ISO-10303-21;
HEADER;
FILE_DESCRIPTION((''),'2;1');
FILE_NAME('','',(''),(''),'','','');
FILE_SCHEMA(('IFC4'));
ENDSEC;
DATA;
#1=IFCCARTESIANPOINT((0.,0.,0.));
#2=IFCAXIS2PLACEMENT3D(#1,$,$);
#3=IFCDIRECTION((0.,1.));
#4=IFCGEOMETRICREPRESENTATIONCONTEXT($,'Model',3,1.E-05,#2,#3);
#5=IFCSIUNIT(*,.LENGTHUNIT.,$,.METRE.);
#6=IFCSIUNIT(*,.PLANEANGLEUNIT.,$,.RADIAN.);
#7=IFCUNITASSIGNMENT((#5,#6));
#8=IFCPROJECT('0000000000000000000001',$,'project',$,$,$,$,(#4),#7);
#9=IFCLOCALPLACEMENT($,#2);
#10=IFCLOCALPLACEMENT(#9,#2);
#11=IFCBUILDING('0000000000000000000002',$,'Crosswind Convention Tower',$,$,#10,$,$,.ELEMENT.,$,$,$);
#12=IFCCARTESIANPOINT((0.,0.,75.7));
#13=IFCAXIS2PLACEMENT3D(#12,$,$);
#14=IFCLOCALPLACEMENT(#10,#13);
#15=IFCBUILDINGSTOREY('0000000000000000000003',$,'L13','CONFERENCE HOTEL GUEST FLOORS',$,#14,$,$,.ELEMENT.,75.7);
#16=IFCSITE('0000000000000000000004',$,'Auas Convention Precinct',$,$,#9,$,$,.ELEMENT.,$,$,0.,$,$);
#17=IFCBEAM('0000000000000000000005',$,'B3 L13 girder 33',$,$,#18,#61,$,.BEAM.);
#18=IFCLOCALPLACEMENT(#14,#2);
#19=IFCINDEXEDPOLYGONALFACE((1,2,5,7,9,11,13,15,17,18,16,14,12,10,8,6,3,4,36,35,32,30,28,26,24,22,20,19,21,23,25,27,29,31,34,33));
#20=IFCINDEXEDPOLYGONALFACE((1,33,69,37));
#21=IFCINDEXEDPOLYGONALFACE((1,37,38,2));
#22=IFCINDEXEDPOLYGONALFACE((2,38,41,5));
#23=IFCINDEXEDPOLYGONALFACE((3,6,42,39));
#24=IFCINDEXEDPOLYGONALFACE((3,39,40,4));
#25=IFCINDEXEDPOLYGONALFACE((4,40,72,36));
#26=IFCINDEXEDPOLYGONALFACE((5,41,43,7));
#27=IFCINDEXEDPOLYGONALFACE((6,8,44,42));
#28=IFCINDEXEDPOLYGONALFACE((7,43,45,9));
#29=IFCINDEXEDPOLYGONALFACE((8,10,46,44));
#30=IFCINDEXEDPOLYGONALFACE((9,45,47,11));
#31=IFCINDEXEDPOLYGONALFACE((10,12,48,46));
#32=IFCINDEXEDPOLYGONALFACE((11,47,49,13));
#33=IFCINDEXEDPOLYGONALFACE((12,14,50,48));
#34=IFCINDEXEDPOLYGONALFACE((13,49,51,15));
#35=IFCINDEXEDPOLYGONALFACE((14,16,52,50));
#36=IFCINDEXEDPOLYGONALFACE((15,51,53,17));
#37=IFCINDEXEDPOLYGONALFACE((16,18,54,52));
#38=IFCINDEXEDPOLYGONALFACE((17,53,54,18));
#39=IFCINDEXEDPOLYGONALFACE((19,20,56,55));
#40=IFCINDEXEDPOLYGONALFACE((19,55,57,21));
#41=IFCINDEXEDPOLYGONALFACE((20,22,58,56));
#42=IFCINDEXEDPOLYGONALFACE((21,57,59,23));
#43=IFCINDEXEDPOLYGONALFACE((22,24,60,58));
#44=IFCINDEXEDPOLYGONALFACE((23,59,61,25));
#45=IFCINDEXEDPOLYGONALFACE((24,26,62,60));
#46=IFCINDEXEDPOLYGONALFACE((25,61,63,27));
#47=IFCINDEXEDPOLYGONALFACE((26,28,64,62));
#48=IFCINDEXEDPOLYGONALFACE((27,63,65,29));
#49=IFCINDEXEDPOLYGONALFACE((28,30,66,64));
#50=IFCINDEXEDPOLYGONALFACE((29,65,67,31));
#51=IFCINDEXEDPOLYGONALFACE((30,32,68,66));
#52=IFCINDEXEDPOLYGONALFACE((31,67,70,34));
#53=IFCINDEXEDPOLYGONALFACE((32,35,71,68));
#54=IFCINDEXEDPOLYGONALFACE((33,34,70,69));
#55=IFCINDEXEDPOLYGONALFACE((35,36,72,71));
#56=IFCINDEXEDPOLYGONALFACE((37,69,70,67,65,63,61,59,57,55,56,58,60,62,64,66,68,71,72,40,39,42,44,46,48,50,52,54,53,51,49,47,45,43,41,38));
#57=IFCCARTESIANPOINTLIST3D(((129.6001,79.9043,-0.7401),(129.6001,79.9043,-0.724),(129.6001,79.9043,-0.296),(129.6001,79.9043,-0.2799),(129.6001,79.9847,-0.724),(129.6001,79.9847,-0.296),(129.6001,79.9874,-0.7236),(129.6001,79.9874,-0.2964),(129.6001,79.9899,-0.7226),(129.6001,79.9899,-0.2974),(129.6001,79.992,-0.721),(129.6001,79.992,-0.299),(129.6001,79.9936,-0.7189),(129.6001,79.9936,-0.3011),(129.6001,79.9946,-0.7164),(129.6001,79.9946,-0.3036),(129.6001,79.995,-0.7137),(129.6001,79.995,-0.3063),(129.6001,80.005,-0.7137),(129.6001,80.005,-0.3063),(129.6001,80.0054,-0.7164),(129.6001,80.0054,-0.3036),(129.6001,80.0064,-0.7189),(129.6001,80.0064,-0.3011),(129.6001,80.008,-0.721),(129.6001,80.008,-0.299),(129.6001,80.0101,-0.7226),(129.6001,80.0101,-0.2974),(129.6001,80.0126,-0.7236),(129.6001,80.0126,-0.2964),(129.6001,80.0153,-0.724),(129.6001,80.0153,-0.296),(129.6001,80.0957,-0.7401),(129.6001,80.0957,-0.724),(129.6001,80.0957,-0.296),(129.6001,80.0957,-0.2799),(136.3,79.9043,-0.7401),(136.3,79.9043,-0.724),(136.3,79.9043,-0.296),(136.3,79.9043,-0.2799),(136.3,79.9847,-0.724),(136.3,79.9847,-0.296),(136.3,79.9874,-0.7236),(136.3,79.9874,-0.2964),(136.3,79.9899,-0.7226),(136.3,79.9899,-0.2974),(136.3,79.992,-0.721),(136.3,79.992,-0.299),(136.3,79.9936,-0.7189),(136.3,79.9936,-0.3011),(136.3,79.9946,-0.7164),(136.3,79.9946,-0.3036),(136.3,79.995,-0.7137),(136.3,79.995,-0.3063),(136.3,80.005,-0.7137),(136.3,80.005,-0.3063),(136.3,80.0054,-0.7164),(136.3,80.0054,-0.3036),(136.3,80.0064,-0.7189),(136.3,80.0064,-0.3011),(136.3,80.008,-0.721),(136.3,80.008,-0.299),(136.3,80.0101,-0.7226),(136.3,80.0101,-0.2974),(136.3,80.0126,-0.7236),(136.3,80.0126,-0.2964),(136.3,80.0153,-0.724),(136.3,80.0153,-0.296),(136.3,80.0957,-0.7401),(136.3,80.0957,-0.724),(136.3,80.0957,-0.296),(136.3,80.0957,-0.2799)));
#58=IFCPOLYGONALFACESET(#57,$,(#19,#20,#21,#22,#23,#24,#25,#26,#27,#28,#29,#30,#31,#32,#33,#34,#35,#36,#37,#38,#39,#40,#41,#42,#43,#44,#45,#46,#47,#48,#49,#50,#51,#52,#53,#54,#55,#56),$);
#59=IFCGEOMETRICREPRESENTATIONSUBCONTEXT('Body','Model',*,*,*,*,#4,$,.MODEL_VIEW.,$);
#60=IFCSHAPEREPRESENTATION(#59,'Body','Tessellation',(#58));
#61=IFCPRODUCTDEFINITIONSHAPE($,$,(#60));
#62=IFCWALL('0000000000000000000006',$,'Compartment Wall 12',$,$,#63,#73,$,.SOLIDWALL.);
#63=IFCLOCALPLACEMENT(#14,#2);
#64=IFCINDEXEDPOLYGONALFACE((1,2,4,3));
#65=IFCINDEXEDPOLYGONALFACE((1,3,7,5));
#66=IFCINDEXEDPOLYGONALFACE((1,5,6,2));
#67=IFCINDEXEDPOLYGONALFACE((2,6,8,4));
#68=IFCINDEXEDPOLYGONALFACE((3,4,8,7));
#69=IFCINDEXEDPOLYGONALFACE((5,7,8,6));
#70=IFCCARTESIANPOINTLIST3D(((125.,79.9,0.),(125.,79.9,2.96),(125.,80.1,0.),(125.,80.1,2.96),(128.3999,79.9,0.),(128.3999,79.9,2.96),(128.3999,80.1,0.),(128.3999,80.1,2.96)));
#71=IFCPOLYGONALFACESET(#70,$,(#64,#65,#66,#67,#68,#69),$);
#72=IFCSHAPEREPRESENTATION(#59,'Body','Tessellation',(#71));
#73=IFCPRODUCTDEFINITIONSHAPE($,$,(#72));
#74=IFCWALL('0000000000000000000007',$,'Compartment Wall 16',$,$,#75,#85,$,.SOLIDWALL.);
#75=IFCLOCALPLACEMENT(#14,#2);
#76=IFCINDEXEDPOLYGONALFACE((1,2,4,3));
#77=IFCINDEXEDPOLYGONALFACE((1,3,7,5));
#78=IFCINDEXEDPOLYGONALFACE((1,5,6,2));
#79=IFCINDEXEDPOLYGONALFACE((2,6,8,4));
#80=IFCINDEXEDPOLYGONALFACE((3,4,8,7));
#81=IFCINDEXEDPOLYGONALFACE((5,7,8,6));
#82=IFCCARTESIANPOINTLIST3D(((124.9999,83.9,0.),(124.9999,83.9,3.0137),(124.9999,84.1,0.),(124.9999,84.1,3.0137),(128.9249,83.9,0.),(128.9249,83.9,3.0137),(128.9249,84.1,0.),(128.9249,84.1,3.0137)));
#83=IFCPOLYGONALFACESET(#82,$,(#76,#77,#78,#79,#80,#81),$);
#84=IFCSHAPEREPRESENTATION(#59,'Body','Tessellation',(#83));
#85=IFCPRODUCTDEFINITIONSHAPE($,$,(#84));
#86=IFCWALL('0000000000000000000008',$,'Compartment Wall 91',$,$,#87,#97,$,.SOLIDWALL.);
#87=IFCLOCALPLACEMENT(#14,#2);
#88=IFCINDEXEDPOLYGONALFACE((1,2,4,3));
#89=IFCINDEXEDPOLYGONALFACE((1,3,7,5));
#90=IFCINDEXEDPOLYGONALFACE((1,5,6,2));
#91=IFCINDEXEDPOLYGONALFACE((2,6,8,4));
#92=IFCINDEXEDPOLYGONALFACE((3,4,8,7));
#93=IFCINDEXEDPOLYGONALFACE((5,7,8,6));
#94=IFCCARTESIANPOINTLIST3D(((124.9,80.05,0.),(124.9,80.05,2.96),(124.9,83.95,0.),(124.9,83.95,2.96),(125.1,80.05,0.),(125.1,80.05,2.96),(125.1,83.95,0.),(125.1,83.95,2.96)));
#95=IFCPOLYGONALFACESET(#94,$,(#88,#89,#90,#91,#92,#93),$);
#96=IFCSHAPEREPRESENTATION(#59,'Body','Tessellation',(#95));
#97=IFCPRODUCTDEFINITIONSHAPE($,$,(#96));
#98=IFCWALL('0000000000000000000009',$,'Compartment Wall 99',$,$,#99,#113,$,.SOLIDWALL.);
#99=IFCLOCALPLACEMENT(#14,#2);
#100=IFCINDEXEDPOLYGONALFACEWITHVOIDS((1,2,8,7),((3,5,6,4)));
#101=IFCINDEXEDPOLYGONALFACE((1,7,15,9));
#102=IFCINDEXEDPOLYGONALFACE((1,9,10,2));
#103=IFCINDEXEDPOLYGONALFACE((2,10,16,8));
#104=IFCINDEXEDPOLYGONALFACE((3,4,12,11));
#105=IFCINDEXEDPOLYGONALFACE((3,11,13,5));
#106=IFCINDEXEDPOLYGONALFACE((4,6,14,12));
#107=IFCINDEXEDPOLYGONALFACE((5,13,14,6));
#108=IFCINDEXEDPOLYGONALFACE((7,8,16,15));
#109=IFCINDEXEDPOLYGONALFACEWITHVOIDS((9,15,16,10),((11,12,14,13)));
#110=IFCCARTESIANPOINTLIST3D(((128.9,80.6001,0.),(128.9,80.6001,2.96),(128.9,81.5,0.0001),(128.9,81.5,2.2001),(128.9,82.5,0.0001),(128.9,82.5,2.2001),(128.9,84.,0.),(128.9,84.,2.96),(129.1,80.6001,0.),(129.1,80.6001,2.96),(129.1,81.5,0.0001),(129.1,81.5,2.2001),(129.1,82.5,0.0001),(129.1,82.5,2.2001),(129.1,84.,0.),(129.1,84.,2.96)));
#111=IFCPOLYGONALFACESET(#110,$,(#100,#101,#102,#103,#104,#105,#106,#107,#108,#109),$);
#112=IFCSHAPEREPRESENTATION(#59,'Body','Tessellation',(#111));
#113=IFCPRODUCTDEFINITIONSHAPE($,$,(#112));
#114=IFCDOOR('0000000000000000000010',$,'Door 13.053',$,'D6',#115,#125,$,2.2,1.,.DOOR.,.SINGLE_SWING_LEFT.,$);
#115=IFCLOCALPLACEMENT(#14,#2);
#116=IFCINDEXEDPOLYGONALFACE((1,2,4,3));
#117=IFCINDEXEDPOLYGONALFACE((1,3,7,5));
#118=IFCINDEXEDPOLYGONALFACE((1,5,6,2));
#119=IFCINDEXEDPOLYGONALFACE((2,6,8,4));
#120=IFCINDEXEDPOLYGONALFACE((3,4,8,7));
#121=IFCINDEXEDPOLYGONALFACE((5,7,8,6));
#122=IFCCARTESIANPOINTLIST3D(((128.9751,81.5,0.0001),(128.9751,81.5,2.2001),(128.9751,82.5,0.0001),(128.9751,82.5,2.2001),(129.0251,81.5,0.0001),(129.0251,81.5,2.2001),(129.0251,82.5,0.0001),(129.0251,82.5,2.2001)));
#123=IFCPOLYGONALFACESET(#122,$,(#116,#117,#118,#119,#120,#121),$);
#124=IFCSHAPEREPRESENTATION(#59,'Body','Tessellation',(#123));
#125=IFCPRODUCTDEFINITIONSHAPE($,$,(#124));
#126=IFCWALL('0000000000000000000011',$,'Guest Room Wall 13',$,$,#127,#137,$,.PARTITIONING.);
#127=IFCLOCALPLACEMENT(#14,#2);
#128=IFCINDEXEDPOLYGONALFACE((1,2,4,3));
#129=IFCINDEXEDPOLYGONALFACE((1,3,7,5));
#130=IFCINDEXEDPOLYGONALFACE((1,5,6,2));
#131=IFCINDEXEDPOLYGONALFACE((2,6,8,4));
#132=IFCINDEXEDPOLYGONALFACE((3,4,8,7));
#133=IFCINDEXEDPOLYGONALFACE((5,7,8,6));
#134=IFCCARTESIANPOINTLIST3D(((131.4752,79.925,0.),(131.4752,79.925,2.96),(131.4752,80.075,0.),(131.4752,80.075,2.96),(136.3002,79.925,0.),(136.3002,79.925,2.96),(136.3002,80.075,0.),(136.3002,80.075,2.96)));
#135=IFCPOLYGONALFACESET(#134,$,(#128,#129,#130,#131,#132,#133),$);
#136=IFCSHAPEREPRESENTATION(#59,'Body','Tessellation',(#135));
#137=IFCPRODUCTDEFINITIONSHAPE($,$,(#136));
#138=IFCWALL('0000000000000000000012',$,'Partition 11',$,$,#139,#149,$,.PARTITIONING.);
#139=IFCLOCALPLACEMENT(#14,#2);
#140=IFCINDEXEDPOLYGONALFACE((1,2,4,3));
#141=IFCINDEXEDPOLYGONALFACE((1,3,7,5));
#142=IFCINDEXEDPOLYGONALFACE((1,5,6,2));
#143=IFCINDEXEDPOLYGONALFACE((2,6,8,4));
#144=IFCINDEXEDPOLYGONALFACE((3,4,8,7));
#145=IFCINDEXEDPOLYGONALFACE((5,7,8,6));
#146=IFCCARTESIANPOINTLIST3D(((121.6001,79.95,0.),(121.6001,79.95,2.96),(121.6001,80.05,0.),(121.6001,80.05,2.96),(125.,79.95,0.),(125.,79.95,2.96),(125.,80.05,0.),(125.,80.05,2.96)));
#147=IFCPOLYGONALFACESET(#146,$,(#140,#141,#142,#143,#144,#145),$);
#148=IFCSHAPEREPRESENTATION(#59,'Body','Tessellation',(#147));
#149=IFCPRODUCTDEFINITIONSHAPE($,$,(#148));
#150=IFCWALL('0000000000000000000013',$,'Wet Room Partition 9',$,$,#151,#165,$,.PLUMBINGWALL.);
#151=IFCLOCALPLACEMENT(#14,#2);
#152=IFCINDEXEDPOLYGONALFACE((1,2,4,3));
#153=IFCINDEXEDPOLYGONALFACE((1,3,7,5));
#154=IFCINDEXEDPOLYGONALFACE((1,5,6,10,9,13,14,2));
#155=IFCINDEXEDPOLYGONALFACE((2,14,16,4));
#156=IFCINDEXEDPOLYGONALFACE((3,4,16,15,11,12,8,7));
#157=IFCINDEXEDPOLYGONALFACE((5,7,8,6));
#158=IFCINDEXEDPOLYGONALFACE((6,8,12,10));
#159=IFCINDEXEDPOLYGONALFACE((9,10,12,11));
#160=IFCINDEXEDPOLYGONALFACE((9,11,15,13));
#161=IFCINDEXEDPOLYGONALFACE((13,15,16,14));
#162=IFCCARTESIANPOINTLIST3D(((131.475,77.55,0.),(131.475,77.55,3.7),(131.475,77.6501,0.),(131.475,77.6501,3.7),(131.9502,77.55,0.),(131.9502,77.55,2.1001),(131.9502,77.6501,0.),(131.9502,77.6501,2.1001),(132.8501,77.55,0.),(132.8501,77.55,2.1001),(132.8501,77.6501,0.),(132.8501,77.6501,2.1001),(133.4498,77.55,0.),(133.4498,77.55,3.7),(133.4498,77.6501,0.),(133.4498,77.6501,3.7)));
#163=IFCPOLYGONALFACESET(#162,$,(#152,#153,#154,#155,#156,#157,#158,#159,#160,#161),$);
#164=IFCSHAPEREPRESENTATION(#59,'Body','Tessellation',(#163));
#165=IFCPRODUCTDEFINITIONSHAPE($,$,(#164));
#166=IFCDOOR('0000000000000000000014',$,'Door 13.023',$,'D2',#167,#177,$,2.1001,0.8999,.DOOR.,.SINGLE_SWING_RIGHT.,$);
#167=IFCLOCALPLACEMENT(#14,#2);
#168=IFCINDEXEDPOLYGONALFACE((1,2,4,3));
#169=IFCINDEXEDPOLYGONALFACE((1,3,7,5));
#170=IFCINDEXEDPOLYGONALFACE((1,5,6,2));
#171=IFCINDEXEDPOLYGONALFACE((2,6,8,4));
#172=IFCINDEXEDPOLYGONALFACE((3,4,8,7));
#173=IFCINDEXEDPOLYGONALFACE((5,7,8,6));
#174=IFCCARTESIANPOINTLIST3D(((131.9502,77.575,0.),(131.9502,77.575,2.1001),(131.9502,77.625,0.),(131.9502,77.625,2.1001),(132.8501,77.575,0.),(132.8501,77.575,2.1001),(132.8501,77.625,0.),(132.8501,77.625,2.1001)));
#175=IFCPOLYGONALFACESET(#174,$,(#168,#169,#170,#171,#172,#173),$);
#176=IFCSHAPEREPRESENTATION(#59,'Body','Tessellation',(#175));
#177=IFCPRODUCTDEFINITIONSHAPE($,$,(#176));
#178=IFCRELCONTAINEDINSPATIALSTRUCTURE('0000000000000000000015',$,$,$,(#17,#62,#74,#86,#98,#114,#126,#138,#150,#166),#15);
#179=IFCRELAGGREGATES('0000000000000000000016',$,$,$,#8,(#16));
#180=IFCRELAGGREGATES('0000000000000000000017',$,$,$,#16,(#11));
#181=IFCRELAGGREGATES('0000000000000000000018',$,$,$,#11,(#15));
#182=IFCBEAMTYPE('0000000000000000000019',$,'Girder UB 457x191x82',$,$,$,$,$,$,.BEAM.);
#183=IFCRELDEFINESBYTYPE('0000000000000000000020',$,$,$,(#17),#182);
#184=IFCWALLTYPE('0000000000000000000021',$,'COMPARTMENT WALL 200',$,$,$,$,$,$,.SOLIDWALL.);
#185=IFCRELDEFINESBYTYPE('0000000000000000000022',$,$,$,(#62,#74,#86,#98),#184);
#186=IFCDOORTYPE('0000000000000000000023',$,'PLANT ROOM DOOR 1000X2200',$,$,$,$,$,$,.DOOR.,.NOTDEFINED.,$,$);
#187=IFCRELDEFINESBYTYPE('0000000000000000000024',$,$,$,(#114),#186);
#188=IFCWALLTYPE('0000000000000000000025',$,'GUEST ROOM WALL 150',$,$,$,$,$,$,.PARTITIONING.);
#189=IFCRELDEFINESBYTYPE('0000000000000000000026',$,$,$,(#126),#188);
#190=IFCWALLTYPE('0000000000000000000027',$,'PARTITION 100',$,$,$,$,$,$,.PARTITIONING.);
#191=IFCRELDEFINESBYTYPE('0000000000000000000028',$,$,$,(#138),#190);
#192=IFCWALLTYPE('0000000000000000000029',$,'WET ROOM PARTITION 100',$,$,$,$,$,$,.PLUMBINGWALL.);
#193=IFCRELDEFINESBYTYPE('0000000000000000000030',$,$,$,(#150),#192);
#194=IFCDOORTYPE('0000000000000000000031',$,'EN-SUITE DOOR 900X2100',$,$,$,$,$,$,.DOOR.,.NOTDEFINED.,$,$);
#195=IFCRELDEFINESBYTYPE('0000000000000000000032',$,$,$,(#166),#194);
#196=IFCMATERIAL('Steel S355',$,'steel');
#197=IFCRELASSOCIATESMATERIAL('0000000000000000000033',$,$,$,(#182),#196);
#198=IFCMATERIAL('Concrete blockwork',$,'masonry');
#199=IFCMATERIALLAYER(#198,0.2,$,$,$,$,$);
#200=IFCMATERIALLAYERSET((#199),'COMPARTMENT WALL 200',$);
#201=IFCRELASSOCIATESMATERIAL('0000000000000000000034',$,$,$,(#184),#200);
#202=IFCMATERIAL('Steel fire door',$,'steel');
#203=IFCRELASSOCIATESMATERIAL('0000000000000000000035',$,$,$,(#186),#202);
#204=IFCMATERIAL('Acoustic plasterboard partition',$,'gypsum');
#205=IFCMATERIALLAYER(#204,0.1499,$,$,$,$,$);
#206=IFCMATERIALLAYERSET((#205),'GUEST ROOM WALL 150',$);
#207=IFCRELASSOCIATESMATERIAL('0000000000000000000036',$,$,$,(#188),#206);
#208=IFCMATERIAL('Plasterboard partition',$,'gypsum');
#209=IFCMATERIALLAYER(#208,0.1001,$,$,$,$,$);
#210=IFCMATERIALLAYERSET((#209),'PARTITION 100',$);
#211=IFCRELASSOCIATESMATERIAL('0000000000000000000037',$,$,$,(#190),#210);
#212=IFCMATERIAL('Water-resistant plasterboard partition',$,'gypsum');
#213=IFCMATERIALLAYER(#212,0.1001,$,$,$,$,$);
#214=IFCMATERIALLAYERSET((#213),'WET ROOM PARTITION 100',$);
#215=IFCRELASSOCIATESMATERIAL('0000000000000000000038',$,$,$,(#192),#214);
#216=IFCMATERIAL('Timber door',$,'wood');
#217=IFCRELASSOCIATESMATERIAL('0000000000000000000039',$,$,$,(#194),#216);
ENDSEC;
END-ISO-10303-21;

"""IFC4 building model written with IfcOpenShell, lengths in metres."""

from ifc_helpers import new_model, si_unit, direction, frame, frame_2d, origin, origin_2d, place, context, subcontext, project, spatial, rectangle, i_section, extrude, material, layer, layer_set, material_profile, profile_set, type_object, element, fill, save


model = new_model("IFC4")

# Units and contexts
model_context = context("Model", 3, precision=1e-05, world=origin(), true_north=direction((0.0, 1.0)))
body_context = subcontext(model_context, "Body", "Model", "MODEL_VIEW")
ifc_project = project(units=[si_unit("LENGTHUNIT", "METRE"), si_unit("PLANEANGLEUNIT", "RADIAN")], contexts=[model_context])

# Site, building, storey
site_placement = place(None, origin())
site = spatial("IfcSite", under=ifc_project, at=site_placement, Name="Auas Convention Precinct", CompositionType="ELEMENT", RefElevation=0.0)
building_placement = place(site_placement, origin())
building = spatial("IfcBuilding", under=site, at=building_placement, Name="Crosswind Convention Tower", CompositionType="ELEMENT")
storey_placement = place(building_placement, frame((0.0, 0.0, 75.7)))
storey = spatial("IfcBuildingStorey", under=building, at=storey_placement, Name="L13", Description="CONFERENCE HOTEL GUEST FLOORS", CompositionType="ELEMENT", Elevation=75.7)

# Beam
ifc_material_1 = material(Name="Steel S355", Category="steel")
ifc_material_profile_1 = material_profile(ifc_material_1, i_section(OverallWidth=0.1914, OverallDepth=0.4602, WebThickness=0.01, FlangeThickness=0.0161, FilletRadius=0.0103, at=origin_2d()), Name="UB 457x191x82")
ifc_profile_set_1 = profile_set([ifc_material_profile_1], Name="Steel S355")
beam_type_1 = type_object("IfcBeamType", Name="Girder UB 457x191x82", PredefinedType="BEAM", material=ifc_profile_set_1)
beam_1_placement = place(storey_placement, frame((129.6001, 80.0, -0.51), z_axis=(1.0, 0.0, 0.0), x_axis=(0.0, 1.0, 0.0)))
element("IfcBeam", 1, at=beam_1_placement, inside=storey, type_object=beam_type_1, Name="B3 L13 girder 33", PredefinedType="BEAM", context=body_context, shape_type="SweptSolid", body=[
    extrude(i_section(OverallWidth=0.1914, OverallDepth=0.4602, WebThickness=0.01, FlangeThickness=0.0161, FilletRadius=0.0103, at=origin_2d()), origin(), (0.0, 0.0, 1.0), 6.7),
])

# Walls
ifc_material_2 = material(Name="Concrete blockwork", Category="masonry")
ifc_layer_1 = layer(ifc_material_2, 0.2)
ifc_layer_set_1 = layer_set([ifc_layer_1], Name="COMPARTMENT WALL 200")
wall_type_1 = type_object("IfcWallType", Name="COMPARTMENT WALL 200", PredefinedType="SOLIDWALL", material=ifc_layer_set_1)
wall_1_placement = place(storey_placement, frame((125.0, 80.0, 0.0), z_axis=(0.0, 0.0, 1.0), x_axis=(1.0, 0.0, 0.0)))
element("IfcWall", 2, at=wall_1_placement, inside=storey, type_object=wall_type_1, Name="Compartment Wall 12", PredefinedType="SOLIDWALL", context=body_context, shape_type="SweptSolid", body=[
    extrude(rectangle(XDim=3.3999, YDim=0.2, at=frame_2d((1.7, 0.0))), origin(), (0.0, 0.0, 1.0), 2.96),
])
wall_2_placement = place(storey_placement, frame((125.0, 84.0, 0.0), z_axis=(0.0, 0.0, 1.0), x_axis=(1.0, 0.0, 0.0)))
element("IfcWall", 3, at=wall_2_placement, inside=storey, type_object=wall_type_1, Name="Compartment Wall 16", PredefinedType="SOLIDWALL", context=body_context, shape_type="SweptSolid", body=[
    extrude(rectangle(XDim=3.925, YDim=0.2, at=frame_2d((1.9624, 0.0))), origin(), (0.0, 0.0, 1.0), 3.0137),
])
wall_3_placement = place(storey_placement, frame((125.0, 80.05, 0.0), z_axis=(0.0, 0.0, 1.0), x_axis=(0.0, 1.0, 0.0)))
element("IfcWall", 4, at=wall_3_placement, inside=storey, type_object=wall_type_1, Name="Compartment Wall 91", PredefinedType="SOLIDWALL", context=body_context, shape_type="SweptSolid", body=[
    extrude(rectangle(XDim=3.8999, YDim=0.2, at=frame_2d((1.95, 0.0))), origin(), (0.0, 0.0, 1.0), 2.96),
])

# Wall, opening, door
wall_4_placement = place(storey_placement, frame((129.0, 80.6001, 0.0), z_axis=(0.0, 0.0, 1.0), x_axis=(0.0, 1.0, 0.0)))
wall_4 = element("IfcWall", 5, at=wall_4_placement, inside=storey, type_object=wall_type_1, Name="Compartment Wall 99", PredefinedType="SOLIDWALL", context=body_context, shape_type="SweptSolid", body=[
    extrude(rectangle(XDim=3.3999, YDim=0.2, at=frame_2d((1.7, 0.0))), origin(), (0.0, 0.0, 1.0), 2.96),
])
opening_1_placement = place(wall_4_placement, frame((0.8999, 0.0, 0.0)))
opening_1 = element("IfcOpeningElement", 6, at=opening_1_placement, cuts=wall_4, PredefinedType="OPENING", context=body_context, shape_type="SweptSolid", body=[
    extrude(rectangle(XDim=1.0, YDim=2.2, at=frame_2d((0.5, 1.1001))), frame((0.0, 0.1099, 0.0), z_axis=(0.0, -1.0, 0.0), x_axis=(1.0, 0.0, 0.0)), (0.0, 0.0, 1.0), 0.22),
])
ifc_material_3 = material(Name="Steel fire door", Category="steel")
door_type_1 = type_object("IfcDoorType", Name="PLANT ROOM DOOR 1000X2200", OperationType="NOTDEFINED", PredefinedType="DOOR", material=ifc_material_3)
door_1_placement = place(opening_1_placement, origin())
door_1 = element("IfcDoor", 7, at=door_1_placement, inside=storey, type_object=door_type_1, Name="Door 13.053", ObjectType="D6", OperationType="SINGLE_SWING_LEFT", OverallHeight=2.2, OverallWidth=1.0, PredefinedType="DOOR", context=body_context, shape_type="SweptSolid", body=[
    extrude(rectangle(XDim=1.0, YDim=2.2, at=frame_2d((0.5, 1.1001))), frame((0.0, 0.0249, 0.0), z_axis=(0.0, -1.0, 0.0), x_axis=(1.0, 0.0, 0.0)), (0.0, 0.0, 1.0), 0.05),
])
fill(opening_1, door_1)

# Walls
ifc_material_4 = material(Name="Acoustic plasterboard partition", Category="gypsum")
ifc_layer_2 = layer(ifc_material_4, 0.1499)
ifc_layer_set_2 = layer_set([ifc_layer_2], Name="GUEST ROOM WALL 150")
wall_type_2 = type_object("IfcWallType", Name="GUEST ROOM WALL 150", PredefinedType="PARTITIONING", material=ifc_layer_set_2)
wall_5_placement = place(storey_placement, frame((131.4751, 80.0, 0.0), z_axis=(0.0, 0.0, 1.0), x_axis=(1.0, 0.0, 0.0)))
element("IfcWall", 8, at=wall_5_placement, inside=storey, type_object=wall_type_2, Name="Guest Room Wall 13", PredefinedType="PARTITIONING", context=body_context, shape_type="SweptSolid", body=[
    extrude(rectangle(XDim=4.825, YDim=0.1499, at=frame_2d((2.4126, 0.0))), origin(), (0.0, 0.0, 1.0), 2.96),
])
ifc_material_5 = material(Name="Plasterboard partition", Category="gypsum")
ifc_layer_3 = layer(ifc_material_5, 0.1001)
ifc_layer_set_3 = layer_set([ifc_layer_3], Name="PARTITION 100")
wall_type_3 = type_object("IfcWallType", Name="PARTITION 100", PredefinedType="PARTITIONING", material=ifc_layer_set_3)
wall_6_placement = place(storey_placement, frame((121.6001, 80.0, 0.0), z_axis=(0.0, 0.0, 1.0), x_axis=(1.0, 0.0, 0.0)))
element("IfcWall", 9, at=wall_6_placement, inside=storey, type_object=wall_type_3, Name="Partition 11", PredefinedType="PARTITIONING", context=body_context, shape_type="SweptSolid", body=[
    extrude(rectangle(XDim=3.3999, YDim=0.1001, at=frame_2d((1.7, 0.0))), origin(), (0.0, 0.0, 1.0), 2.96),
])

# Wall, opening, door
ifc_material_6 = material(Name="Water-resistant plasterboard partition", Category="gypsum")
ifc_layer_4 = layer(ifc_material_6, 0.1001)
ifc_layer_set_4 = layer_set([ifc_layer_4], Name="WET ROOM PARTITION 100")
wall_type_4 = type_object("IfcWallType", Name="WET ROOM PARTITION 100", PredefinedType="PLUMBINGWALL", material=ifc_layer_set_4)
wall_7_placement = place(storey_placement, frame((131.4751, 77.6001, 0.0), z_axis=(0.0, 0.0, 1.0), x_axis=(1.0, 0.0, 0.0)))
wall_7 = element("IfcWall", 10, at=wall_7_placement, inside=storey, type_object=wall_type_4, Name="Wet Room Partition 9", PredefinedType="PLUMBINGWALL", context=body_context, shape_type="SweptSolid", body=[
    extrude(rectangle(XDim=1.9749, YDim=0.1001, at=frame_2d((0.9873, 0.0))), origin(), (0.0, 0.0, 1.0), 3.7),
])
opening_2_placement = place(wall_7_placement, frame((0.4751, 0.0, 0.0)))
opening_2 = element("IfcOpeningElement", 11, at=opening_2_placement, cuts=wall_7, PredefinedType="OPENING", context=body_context, shape_type="SweptSolid", body=[
    extrude(rectangle(XDim=0.8999, YDim=2.1001, at=frame_2d((0.45, 1.05))), frame((0.0, 0.0601, 0.0), z_axis=(0.0, -1.0, 0.0), x_axis=(1.0, 0.0, 0.0)), (0.0, 0.0, 1.0), 0.1201),
])
ifc_material_7 = material(Name="Timber door", Category="wood")
door_type_2 = type_object("IfcDoorType", Name="EN-SUITE DOOR 900X2100", OperationType="NOTDEFINED", PredefinedType="DOOR", material=ifc_material_7)
door_2_placement = place(opening_2_placement, origin())
door_2 = element("IfcDoor", 12, at=door_2_placement, inside=storey, type_object=door_type_2, Name="Door 13.023", ObjectType="D2", OperationType="SINGLE_SWING_RIGHT", OverallHeight=2.1001, OverallWidth=0.8999, PredefinedType="DOOR", context=body_context, shape_type="SweptSolid", body=[
    extrude(rectangle(XDim=0.8999, YDim=2.1001, at=frame_2d((0.45, 1.05))), frame((0.0, 0.0249, 0.0), z_axis=(0.0, -1.0, 0.0), x_axis=(1.0, 0.0, 0.0)), (0.0, 0.0, 1.0), 0.05),
])
fill(opening_2, door_2)

save(model, "model.ifc")
